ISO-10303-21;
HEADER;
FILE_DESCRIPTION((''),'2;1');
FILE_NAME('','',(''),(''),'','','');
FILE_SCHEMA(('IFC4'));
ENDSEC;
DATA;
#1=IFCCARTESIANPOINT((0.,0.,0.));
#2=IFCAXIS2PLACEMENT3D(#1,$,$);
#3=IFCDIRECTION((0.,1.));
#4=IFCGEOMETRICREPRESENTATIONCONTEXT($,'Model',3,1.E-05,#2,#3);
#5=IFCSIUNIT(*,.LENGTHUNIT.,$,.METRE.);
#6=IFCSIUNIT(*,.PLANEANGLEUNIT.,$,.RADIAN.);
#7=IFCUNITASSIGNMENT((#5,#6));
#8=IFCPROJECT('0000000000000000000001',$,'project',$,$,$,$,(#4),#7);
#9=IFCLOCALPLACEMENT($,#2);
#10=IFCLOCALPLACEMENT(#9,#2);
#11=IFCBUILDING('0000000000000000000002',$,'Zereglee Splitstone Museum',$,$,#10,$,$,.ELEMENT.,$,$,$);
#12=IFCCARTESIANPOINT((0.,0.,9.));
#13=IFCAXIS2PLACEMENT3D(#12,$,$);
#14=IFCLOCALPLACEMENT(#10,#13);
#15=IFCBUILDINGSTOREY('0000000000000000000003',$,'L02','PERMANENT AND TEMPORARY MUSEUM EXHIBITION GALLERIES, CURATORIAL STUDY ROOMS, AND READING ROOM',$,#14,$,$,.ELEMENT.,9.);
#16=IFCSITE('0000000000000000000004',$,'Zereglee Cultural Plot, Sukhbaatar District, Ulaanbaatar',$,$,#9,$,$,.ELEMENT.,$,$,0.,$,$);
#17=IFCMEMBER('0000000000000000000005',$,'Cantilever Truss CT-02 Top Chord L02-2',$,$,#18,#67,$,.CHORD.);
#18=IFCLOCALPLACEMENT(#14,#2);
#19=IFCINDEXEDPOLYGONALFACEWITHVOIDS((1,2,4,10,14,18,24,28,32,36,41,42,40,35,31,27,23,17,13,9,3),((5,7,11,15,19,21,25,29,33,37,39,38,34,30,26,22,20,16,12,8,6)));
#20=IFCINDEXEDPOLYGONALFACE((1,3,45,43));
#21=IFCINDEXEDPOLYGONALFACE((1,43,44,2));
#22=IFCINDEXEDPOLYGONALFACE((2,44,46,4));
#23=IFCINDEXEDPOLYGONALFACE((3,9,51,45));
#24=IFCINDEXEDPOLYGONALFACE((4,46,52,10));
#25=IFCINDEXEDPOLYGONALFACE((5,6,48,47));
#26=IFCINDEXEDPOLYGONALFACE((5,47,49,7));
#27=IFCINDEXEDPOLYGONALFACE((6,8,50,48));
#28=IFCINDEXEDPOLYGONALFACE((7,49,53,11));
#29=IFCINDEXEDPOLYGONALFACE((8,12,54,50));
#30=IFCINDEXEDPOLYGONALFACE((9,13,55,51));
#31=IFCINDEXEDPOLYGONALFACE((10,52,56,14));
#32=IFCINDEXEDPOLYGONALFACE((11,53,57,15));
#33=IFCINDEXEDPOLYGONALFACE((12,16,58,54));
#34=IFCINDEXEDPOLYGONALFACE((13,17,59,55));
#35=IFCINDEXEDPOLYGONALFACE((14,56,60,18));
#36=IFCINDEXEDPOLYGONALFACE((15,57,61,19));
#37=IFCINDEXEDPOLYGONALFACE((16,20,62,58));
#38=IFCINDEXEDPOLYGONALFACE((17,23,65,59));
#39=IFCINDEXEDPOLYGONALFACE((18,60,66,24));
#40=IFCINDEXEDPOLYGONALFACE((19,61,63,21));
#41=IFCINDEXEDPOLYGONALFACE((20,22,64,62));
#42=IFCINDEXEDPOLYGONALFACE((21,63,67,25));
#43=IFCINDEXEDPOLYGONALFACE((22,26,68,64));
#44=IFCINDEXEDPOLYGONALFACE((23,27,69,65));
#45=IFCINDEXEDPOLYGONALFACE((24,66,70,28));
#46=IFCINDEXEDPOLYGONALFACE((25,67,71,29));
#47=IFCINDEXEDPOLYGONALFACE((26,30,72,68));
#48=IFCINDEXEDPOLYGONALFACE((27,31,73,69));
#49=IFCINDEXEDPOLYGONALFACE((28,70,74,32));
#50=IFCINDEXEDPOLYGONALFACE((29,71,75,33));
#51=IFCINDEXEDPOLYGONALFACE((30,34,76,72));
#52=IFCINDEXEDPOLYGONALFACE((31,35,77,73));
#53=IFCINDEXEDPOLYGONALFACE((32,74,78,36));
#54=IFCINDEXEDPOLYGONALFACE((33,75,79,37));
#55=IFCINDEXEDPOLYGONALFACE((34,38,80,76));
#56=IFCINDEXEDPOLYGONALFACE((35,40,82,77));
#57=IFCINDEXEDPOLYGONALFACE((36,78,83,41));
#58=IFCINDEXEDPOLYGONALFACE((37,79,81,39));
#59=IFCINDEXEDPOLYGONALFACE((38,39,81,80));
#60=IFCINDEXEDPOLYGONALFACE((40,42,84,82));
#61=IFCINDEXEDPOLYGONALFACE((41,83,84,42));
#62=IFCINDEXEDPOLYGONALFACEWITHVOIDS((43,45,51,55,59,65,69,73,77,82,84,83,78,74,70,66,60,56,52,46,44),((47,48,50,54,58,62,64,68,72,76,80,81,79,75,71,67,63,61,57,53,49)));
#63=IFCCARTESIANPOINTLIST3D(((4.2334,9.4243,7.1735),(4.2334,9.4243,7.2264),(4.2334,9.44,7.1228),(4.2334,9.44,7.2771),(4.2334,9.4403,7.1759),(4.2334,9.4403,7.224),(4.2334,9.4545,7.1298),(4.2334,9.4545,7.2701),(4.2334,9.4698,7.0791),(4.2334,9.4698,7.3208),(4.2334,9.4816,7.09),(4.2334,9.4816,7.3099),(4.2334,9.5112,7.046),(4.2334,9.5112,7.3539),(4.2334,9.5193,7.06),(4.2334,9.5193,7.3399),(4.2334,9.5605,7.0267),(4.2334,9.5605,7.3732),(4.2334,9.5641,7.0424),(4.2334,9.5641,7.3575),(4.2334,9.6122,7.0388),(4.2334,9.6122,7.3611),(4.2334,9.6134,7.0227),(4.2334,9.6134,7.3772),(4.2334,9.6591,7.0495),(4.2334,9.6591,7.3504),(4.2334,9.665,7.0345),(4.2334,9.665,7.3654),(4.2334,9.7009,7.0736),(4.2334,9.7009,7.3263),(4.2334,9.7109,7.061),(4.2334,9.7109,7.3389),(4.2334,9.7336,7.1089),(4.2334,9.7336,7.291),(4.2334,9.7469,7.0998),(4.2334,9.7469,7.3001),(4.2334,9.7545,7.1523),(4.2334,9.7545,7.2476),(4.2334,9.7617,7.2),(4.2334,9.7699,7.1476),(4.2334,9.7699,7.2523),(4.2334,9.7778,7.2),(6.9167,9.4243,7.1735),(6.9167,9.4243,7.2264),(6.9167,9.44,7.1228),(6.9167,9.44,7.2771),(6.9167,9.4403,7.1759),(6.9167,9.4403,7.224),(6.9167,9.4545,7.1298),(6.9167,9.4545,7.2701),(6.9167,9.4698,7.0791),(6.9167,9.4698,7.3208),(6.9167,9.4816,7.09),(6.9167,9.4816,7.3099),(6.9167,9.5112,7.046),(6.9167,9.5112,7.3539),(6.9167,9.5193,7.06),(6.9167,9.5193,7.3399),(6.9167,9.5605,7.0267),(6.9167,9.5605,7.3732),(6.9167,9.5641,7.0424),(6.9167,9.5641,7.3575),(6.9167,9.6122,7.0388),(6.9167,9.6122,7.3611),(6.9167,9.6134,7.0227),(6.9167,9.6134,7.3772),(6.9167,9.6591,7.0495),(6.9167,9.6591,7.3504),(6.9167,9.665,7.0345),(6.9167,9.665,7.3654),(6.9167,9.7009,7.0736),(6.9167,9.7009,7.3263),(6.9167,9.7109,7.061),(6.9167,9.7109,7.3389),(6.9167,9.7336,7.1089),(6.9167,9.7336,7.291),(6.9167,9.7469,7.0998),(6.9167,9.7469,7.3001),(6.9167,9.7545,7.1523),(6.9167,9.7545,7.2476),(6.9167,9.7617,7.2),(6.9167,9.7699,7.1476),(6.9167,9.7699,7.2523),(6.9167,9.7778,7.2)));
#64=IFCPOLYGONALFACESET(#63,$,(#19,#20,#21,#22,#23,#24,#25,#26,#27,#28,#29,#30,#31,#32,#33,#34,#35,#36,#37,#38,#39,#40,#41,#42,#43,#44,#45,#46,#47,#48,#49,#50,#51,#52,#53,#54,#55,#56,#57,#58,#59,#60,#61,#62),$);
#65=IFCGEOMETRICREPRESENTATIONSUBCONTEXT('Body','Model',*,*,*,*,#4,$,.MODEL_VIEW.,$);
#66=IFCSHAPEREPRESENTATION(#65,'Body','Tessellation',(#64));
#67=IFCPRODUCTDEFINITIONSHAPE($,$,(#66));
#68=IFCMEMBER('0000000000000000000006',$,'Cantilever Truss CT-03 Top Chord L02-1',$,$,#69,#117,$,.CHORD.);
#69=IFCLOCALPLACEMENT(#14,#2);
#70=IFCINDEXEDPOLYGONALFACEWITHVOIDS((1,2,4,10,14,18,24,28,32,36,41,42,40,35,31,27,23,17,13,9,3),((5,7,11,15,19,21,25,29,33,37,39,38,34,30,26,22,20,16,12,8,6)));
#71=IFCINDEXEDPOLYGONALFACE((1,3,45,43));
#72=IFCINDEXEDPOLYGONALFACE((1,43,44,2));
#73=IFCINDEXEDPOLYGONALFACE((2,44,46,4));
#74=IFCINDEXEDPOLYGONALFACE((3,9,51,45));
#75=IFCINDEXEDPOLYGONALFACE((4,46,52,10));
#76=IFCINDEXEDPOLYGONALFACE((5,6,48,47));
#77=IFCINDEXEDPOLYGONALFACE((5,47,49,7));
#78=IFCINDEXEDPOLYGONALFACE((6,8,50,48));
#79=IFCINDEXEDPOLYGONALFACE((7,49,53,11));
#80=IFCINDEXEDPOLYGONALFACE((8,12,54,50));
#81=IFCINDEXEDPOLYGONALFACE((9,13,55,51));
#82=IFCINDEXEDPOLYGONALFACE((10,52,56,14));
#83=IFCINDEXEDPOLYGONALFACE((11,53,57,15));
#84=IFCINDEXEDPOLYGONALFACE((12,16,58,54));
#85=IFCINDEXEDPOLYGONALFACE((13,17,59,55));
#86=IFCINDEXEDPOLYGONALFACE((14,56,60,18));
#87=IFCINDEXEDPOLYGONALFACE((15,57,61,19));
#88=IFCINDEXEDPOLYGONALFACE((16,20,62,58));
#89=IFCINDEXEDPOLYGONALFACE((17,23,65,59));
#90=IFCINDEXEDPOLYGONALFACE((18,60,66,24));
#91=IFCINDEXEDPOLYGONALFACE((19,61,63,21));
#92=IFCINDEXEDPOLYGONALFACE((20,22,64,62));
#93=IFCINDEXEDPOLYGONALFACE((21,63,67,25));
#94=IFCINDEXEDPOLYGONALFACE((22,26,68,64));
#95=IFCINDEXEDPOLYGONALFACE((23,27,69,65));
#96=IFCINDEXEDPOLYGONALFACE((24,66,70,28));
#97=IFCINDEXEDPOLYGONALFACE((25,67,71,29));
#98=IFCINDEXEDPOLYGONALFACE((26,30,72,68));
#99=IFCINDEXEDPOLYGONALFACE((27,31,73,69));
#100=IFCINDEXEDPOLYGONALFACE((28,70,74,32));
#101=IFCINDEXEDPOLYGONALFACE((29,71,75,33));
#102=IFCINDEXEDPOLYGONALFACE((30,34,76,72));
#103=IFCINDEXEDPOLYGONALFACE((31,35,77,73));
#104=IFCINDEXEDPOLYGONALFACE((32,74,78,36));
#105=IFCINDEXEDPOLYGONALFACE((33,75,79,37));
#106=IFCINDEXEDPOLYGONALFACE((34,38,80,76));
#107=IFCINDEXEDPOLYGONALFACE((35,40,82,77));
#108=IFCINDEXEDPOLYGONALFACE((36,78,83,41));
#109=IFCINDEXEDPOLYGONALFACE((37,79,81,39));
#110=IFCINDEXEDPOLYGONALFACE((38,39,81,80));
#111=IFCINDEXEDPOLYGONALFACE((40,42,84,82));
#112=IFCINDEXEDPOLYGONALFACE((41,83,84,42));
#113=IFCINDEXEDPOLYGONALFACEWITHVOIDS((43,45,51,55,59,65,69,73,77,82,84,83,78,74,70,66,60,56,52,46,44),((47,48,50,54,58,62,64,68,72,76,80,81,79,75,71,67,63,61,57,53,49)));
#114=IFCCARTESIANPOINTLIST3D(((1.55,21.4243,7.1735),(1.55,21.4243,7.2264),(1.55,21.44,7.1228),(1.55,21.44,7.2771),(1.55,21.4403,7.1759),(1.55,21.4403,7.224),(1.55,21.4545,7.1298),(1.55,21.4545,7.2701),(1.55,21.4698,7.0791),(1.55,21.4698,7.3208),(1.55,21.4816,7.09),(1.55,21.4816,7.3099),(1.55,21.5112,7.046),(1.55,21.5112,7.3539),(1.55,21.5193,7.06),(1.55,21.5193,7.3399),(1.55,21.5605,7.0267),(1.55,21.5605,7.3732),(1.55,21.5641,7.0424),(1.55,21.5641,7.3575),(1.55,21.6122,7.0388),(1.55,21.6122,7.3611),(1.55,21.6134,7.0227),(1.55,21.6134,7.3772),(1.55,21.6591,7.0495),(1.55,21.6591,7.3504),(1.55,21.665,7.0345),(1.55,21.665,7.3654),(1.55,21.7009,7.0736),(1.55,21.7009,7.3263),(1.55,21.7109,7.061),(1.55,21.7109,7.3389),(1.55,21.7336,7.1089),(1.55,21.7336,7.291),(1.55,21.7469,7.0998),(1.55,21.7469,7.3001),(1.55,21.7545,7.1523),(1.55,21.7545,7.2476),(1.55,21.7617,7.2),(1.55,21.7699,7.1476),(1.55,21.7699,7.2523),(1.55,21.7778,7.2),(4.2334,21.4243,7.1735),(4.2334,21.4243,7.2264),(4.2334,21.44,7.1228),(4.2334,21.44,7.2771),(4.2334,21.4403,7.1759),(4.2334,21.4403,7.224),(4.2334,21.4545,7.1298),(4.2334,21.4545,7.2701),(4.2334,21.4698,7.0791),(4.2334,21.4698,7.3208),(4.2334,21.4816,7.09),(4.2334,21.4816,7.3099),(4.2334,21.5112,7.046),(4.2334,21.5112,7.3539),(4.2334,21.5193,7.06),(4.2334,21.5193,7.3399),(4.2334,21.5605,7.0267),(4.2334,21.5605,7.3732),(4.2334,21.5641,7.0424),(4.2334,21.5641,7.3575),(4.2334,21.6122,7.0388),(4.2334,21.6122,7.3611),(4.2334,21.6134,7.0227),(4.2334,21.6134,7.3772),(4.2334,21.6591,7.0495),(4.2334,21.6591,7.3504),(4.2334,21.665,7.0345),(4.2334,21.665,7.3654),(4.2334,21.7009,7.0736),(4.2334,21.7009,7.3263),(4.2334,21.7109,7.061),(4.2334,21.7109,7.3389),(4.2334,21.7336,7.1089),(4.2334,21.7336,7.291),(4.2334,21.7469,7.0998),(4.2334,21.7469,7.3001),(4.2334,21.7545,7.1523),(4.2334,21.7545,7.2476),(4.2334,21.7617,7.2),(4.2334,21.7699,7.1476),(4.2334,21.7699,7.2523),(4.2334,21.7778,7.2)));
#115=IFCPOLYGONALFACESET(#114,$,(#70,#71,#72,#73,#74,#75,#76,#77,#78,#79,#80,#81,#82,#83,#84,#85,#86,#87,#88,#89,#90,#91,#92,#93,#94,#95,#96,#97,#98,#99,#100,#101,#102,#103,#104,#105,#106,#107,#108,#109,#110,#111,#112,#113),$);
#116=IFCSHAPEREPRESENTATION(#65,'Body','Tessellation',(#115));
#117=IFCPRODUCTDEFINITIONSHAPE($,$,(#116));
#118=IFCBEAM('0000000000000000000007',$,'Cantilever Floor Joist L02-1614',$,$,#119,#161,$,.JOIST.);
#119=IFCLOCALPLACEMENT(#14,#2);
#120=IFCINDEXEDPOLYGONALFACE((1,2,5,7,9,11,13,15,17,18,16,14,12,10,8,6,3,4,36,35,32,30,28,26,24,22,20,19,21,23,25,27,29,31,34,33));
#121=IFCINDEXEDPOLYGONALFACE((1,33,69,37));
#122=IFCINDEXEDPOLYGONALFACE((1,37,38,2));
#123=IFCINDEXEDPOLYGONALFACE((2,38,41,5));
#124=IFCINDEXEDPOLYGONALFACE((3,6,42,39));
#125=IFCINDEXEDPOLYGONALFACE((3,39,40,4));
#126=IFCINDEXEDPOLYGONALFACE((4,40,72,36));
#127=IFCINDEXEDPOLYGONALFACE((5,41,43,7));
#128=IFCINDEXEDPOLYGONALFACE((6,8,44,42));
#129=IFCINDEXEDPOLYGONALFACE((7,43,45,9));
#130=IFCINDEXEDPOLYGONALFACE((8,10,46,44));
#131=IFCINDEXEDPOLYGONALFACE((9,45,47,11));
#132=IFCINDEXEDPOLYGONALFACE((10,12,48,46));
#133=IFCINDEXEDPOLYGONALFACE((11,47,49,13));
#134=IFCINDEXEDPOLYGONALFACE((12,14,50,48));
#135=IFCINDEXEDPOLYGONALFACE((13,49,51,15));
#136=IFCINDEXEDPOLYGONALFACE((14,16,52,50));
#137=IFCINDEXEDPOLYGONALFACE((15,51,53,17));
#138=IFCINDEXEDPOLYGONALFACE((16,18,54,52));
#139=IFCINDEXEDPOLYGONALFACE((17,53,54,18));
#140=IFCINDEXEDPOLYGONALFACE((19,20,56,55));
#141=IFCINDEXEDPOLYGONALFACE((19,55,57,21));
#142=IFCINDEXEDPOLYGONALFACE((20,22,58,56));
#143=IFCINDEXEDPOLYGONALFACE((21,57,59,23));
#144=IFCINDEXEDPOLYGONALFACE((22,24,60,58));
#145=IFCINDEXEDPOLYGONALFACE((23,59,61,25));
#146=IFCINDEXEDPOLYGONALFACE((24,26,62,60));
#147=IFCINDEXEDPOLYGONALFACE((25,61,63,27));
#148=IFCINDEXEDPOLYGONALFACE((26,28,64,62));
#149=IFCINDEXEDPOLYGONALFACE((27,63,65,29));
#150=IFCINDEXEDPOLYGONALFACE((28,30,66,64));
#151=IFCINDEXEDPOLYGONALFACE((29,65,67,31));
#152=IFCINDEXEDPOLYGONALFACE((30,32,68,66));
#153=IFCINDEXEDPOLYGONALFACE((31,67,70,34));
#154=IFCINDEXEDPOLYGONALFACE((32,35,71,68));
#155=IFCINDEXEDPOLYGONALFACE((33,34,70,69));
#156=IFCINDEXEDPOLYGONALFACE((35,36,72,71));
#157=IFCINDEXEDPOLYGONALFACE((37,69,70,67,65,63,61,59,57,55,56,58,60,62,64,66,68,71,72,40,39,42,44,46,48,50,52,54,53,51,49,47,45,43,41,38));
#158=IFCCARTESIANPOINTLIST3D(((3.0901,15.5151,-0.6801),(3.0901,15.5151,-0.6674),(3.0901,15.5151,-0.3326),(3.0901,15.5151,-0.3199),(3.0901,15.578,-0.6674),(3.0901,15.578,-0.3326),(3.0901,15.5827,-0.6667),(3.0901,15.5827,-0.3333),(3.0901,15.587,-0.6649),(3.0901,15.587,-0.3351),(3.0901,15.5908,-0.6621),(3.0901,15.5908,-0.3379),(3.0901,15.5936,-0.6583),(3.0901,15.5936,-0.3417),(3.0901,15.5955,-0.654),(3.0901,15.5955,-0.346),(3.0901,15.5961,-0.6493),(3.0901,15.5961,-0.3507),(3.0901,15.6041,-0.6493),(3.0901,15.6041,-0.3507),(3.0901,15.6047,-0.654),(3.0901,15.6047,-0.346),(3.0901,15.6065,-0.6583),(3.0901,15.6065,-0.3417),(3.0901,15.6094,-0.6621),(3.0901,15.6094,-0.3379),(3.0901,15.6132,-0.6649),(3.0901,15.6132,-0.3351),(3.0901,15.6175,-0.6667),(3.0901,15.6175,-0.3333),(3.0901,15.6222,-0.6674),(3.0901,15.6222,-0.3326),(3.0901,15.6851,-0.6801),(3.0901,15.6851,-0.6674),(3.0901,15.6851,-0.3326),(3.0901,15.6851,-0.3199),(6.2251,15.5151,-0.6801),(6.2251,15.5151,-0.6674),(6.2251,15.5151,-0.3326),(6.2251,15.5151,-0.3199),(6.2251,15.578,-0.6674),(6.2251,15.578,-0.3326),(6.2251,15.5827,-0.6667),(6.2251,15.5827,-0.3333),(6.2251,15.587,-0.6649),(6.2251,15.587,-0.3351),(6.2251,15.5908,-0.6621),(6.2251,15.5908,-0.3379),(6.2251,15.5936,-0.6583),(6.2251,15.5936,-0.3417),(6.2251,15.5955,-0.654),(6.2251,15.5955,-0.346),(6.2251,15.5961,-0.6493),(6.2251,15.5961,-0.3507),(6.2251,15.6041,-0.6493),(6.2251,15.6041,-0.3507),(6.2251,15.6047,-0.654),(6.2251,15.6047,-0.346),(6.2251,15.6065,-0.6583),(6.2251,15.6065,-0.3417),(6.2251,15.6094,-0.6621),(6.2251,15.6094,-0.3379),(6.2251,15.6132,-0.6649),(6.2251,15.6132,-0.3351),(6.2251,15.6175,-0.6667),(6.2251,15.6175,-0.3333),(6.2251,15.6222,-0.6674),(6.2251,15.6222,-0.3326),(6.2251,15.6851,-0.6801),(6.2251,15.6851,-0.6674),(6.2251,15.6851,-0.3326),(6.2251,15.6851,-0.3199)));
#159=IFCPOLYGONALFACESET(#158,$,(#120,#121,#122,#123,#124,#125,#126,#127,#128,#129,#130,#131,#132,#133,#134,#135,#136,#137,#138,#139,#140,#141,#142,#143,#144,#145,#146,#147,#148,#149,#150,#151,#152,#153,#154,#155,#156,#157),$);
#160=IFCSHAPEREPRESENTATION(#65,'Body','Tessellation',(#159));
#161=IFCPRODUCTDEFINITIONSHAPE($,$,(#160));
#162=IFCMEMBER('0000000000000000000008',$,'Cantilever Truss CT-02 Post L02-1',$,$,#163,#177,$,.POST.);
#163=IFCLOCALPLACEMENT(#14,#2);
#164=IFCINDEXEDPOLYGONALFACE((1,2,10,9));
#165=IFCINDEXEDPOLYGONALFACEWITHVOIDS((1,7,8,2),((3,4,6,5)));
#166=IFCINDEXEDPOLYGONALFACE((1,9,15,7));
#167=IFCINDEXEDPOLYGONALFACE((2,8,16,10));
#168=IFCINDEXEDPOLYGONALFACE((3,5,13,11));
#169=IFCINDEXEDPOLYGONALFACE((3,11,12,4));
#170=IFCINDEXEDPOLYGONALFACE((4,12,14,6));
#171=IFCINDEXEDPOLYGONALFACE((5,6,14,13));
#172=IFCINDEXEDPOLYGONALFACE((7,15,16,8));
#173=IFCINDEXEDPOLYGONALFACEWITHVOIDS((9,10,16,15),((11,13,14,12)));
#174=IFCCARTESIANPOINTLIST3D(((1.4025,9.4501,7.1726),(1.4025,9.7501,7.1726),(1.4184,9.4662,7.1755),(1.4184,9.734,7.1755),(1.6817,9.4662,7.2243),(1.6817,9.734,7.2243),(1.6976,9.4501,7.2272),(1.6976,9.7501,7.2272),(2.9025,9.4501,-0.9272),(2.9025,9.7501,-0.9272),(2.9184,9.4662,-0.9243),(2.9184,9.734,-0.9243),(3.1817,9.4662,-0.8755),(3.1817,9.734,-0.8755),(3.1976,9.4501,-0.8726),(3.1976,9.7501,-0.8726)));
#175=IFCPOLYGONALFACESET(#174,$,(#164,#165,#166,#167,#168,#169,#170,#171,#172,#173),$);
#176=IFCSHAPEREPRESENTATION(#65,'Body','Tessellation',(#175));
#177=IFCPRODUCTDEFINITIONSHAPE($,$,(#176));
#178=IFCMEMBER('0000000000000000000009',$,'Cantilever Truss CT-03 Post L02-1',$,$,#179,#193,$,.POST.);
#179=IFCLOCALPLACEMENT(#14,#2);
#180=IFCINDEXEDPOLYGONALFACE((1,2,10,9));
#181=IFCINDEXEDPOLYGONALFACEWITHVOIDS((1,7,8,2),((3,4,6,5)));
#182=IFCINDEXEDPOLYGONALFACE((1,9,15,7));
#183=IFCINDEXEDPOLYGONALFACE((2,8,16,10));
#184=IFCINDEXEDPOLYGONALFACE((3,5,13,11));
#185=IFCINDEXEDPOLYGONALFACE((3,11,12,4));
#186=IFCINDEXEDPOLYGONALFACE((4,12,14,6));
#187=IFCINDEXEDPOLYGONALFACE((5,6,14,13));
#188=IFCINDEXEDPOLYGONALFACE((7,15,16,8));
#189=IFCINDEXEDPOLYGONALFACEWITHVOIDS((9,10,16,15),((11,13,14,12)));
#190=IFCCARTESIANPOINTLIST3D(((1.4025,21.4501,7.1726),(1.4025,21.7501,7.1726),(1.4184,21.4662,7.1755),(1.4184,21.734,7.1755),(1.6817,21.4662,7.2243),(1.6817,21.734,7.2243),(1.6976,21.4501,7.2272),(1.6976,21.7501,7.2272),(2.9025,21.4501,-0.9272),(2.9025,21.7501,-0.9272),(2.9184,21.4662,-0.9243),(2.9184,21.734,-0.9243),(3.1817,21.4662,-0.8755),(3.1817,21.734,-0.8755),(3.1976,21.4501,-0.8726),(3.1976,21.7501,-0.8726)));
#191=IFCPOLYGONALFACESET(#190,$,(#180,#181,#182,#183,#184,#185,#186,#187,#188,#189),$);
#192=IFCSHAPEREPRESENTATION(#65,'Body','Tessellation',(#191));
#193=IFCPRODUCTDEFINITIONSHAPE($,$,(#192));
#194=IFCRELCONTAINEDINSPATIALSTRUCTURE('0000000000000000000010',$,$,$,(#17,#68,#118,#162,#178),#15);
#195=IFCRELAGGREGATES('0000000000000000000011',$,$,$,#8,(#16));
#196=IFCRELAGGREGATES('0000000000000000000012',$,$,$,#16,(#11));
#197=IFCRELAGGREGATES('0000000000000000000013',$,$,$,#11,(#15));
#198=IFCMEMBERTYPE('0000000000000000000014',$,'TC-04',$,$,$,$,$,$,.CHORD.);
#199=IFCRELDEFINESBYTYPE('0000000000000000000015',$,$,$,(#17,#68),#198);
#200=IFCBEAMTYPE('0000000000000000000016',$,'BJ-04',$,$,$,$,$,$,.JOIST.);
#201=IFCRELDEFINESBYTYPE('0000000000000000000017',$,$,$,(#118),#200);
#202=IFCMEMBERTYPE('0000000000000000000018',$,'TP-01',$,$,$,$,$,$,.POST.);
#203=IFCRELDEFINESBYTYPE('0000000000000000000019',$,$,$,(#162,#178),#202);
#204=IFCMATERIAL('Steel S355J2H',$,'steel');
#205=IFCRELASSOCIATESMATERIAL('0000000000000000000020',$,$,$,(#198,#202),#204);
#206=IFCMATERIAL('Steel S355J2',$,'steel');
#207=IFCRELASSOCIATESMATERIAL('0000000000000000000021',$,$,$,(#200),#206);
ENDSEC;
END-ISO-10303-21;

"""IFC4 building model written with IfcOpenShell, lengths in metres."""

from ifc_helpers import new_model, si_unit, direction, frame, origin, origin_2d, place, context, subcontext, project, spatial, hollow_rectangle, hollow_circle, i_section, extrude, material, material_profile, profile_set, type_object, element, save


model = new_model("IFC4")

# Units and contexts
model_context = context("Model", 3, precision=1e-05, world=origin(), true_north=direction((0.0, 1.0)))
body_context = subcontext(model_context, "Body", "Model", "MODEL_VIEW")
ifc_project = project(units=[si_unit("LENGTHUNIT", "METRE"), si_unit("PLANEANGLEUNIT", "RADIAN")], contexts=[model_context])

# Site, building, storey
site_placement = place(None, origin())
site = spatial("IfcSite", under=ifc_project, at=site_placement, Name="Zereglee Cultural Plot, Sukhbaatar District, Ulaanbaatar", CompositionType="ELEMENT", RefElevation=0.0)
building_placement = place(site_placement, origin())
building = spatial("IfcBuilding", under=site, at=building_placement, Name="Zereglee Splitstone Museum", CompositionType="ELEMENT")
storey_placement = place(building_placement, frame((0.0, 0.0, 9.0)))
storey = spatial("IfcBuildingStorey", under=building, at=storey_placement, Name="L02", Description="PERMANENT AND TEMPORARY MUSEUM EXHIBITION GALLERIES, CURATORIAL STUDY ROOMS, AND READING ROOM", CompositionType="ELEMENT", Elevation=9.0)

# Members
ifc_material_1 = material(Name="Steel S355J2H", Category="steel")
ifc_material_profile_1 = material_profile(ifc_material_1, hollow_circle(Radius=0.1777, WallThickness=0.0161, at=origin_2d()), Name="CHS 355.6x16")
ifc_profile_set_1 = profile_set([ifc_material_profile_1], Name="Steel S355J2H")
member_type_1 = type_object("IfcMemberType", Name="TC-04", PredefinedType="CHORD", material=ifc_profile_set_1)
for number, where, z_axis, x_axis, name in (
    (1, (4.2334, 9.6001, 7.2), (1.0, 0.0, 0.0), (0.0, 1.0, 0.0), "Cantilever Truss CT-02 Top Chord L02-2"),
    (2, (1.55, 21.6001, 7.2), (1.0, 0.0, 0.0), (0.0, 1.0, 0.0), "Cantilever Truss CT-03 Top Chord L02-1"),
):
    element("IfcMember", number, at=place(storey_placement, frame(where, z_axis=z_axis, x_axis=x_axis)), inside=storey, type_object=member_type_1, Name=name, PredefinedType="CHORD", context=body_context, shape_type="SweptSolid", body=[
        extrude(hollow_circle(Radius=0.1777, WallThickness=0.0161, at=origin_2d()), origin(), (0.0, 0.0, 1.0), 2.6833),
    ])

# Beam
ifc_material_2 = material(Name="Steel S355J2", Category="steel")
ifc_material_profile_2 = material_profile(ifc_material_2, i_section(OverallWidth=0.1699, OverallDepth=0.3601, WebThickness=0.0081, FlangeThickness=0.0127, FilletRadius=0.0181, at=origin_2d()), Name="IPE 360")
ifc_profile_set_2 = profile_set([ifc_material_profile_2], Name="Steel S355J2")
beam_type_1 = type_object("IfcBeamType", Name="BJ-04", PredefinedType="JOIST", material=ifc_profile_set_2)
beam_1_placement = place(storey_placement, frame((3.0901, 15.6001, -0.5), z_axis=(1.0, 0.0, 0.0), x_axis=(0.0, 1.0, 0.0)))
element("IfcBeam", 3, at=beam_1_placement, inside=storey, type_object=beam_type_1, Name="Cantilever Floor Joist L02-1614", PredefinedType="JOIST", context=body_context, shape_type="SweptSolid", body=[
    extrude(i_section(OverallWidth=0.1699, OverallDepth=0.3601, WebThickness=0.0081, FlangeThickness=0.0127, FilletRadius=0.0181, at=origin_2d()), origin(), (0.0, 0.0, 1.0), 3.135),
])

# Members
ifc_material_profile_3 = material_profile(ifc_material_1, hollow_rectangle(XDim=0.3, YDim=0.3, WallThickness=0.0161, at=origin_2d()), Name="SHS 300x300x16")
ifc_profile_set_3 = profile_set([ifc_material_profile_3], Name="Steel S355J2H")
member_type_2 = type_object("IfcMemberType", Name="TP-01", PredefinedType="POST", material=ifc_profile_set_3)
for number, where, z_axis, x_axis, name in (
    (4, (3.05, 9.6001, -0.8999), (-0.182092, 0.0, 0.983281), (0.0, -1.0, 0.0), "Cantilever Truss CT-02 Post L02-1"),
    (5, (3.05, 21.6001, -0.8999), (-0.182092, 0.0, 0.983281), (0.0, -1.0, 0.0), "Cantilever Truss CT-03 Post L02-1"),
):
    element("IfcMember", number, at=place(storey_placement, frame(where, z_axis=z_axis, x_axis=x_axis)), inside=storey, type_object=member_type_2, Name=name, PredefinedType="POST", context=body_context, shape_type="SweptSolid", body=[
        extrude(hollow_rectangle(XDim=0.3, YDim=0.3, WallThickness=0.0161, at=origin_2d()), origin(), (0.0, 0.0, 1.0), 8.2375),
    ])

save(model, "model.ifc")
